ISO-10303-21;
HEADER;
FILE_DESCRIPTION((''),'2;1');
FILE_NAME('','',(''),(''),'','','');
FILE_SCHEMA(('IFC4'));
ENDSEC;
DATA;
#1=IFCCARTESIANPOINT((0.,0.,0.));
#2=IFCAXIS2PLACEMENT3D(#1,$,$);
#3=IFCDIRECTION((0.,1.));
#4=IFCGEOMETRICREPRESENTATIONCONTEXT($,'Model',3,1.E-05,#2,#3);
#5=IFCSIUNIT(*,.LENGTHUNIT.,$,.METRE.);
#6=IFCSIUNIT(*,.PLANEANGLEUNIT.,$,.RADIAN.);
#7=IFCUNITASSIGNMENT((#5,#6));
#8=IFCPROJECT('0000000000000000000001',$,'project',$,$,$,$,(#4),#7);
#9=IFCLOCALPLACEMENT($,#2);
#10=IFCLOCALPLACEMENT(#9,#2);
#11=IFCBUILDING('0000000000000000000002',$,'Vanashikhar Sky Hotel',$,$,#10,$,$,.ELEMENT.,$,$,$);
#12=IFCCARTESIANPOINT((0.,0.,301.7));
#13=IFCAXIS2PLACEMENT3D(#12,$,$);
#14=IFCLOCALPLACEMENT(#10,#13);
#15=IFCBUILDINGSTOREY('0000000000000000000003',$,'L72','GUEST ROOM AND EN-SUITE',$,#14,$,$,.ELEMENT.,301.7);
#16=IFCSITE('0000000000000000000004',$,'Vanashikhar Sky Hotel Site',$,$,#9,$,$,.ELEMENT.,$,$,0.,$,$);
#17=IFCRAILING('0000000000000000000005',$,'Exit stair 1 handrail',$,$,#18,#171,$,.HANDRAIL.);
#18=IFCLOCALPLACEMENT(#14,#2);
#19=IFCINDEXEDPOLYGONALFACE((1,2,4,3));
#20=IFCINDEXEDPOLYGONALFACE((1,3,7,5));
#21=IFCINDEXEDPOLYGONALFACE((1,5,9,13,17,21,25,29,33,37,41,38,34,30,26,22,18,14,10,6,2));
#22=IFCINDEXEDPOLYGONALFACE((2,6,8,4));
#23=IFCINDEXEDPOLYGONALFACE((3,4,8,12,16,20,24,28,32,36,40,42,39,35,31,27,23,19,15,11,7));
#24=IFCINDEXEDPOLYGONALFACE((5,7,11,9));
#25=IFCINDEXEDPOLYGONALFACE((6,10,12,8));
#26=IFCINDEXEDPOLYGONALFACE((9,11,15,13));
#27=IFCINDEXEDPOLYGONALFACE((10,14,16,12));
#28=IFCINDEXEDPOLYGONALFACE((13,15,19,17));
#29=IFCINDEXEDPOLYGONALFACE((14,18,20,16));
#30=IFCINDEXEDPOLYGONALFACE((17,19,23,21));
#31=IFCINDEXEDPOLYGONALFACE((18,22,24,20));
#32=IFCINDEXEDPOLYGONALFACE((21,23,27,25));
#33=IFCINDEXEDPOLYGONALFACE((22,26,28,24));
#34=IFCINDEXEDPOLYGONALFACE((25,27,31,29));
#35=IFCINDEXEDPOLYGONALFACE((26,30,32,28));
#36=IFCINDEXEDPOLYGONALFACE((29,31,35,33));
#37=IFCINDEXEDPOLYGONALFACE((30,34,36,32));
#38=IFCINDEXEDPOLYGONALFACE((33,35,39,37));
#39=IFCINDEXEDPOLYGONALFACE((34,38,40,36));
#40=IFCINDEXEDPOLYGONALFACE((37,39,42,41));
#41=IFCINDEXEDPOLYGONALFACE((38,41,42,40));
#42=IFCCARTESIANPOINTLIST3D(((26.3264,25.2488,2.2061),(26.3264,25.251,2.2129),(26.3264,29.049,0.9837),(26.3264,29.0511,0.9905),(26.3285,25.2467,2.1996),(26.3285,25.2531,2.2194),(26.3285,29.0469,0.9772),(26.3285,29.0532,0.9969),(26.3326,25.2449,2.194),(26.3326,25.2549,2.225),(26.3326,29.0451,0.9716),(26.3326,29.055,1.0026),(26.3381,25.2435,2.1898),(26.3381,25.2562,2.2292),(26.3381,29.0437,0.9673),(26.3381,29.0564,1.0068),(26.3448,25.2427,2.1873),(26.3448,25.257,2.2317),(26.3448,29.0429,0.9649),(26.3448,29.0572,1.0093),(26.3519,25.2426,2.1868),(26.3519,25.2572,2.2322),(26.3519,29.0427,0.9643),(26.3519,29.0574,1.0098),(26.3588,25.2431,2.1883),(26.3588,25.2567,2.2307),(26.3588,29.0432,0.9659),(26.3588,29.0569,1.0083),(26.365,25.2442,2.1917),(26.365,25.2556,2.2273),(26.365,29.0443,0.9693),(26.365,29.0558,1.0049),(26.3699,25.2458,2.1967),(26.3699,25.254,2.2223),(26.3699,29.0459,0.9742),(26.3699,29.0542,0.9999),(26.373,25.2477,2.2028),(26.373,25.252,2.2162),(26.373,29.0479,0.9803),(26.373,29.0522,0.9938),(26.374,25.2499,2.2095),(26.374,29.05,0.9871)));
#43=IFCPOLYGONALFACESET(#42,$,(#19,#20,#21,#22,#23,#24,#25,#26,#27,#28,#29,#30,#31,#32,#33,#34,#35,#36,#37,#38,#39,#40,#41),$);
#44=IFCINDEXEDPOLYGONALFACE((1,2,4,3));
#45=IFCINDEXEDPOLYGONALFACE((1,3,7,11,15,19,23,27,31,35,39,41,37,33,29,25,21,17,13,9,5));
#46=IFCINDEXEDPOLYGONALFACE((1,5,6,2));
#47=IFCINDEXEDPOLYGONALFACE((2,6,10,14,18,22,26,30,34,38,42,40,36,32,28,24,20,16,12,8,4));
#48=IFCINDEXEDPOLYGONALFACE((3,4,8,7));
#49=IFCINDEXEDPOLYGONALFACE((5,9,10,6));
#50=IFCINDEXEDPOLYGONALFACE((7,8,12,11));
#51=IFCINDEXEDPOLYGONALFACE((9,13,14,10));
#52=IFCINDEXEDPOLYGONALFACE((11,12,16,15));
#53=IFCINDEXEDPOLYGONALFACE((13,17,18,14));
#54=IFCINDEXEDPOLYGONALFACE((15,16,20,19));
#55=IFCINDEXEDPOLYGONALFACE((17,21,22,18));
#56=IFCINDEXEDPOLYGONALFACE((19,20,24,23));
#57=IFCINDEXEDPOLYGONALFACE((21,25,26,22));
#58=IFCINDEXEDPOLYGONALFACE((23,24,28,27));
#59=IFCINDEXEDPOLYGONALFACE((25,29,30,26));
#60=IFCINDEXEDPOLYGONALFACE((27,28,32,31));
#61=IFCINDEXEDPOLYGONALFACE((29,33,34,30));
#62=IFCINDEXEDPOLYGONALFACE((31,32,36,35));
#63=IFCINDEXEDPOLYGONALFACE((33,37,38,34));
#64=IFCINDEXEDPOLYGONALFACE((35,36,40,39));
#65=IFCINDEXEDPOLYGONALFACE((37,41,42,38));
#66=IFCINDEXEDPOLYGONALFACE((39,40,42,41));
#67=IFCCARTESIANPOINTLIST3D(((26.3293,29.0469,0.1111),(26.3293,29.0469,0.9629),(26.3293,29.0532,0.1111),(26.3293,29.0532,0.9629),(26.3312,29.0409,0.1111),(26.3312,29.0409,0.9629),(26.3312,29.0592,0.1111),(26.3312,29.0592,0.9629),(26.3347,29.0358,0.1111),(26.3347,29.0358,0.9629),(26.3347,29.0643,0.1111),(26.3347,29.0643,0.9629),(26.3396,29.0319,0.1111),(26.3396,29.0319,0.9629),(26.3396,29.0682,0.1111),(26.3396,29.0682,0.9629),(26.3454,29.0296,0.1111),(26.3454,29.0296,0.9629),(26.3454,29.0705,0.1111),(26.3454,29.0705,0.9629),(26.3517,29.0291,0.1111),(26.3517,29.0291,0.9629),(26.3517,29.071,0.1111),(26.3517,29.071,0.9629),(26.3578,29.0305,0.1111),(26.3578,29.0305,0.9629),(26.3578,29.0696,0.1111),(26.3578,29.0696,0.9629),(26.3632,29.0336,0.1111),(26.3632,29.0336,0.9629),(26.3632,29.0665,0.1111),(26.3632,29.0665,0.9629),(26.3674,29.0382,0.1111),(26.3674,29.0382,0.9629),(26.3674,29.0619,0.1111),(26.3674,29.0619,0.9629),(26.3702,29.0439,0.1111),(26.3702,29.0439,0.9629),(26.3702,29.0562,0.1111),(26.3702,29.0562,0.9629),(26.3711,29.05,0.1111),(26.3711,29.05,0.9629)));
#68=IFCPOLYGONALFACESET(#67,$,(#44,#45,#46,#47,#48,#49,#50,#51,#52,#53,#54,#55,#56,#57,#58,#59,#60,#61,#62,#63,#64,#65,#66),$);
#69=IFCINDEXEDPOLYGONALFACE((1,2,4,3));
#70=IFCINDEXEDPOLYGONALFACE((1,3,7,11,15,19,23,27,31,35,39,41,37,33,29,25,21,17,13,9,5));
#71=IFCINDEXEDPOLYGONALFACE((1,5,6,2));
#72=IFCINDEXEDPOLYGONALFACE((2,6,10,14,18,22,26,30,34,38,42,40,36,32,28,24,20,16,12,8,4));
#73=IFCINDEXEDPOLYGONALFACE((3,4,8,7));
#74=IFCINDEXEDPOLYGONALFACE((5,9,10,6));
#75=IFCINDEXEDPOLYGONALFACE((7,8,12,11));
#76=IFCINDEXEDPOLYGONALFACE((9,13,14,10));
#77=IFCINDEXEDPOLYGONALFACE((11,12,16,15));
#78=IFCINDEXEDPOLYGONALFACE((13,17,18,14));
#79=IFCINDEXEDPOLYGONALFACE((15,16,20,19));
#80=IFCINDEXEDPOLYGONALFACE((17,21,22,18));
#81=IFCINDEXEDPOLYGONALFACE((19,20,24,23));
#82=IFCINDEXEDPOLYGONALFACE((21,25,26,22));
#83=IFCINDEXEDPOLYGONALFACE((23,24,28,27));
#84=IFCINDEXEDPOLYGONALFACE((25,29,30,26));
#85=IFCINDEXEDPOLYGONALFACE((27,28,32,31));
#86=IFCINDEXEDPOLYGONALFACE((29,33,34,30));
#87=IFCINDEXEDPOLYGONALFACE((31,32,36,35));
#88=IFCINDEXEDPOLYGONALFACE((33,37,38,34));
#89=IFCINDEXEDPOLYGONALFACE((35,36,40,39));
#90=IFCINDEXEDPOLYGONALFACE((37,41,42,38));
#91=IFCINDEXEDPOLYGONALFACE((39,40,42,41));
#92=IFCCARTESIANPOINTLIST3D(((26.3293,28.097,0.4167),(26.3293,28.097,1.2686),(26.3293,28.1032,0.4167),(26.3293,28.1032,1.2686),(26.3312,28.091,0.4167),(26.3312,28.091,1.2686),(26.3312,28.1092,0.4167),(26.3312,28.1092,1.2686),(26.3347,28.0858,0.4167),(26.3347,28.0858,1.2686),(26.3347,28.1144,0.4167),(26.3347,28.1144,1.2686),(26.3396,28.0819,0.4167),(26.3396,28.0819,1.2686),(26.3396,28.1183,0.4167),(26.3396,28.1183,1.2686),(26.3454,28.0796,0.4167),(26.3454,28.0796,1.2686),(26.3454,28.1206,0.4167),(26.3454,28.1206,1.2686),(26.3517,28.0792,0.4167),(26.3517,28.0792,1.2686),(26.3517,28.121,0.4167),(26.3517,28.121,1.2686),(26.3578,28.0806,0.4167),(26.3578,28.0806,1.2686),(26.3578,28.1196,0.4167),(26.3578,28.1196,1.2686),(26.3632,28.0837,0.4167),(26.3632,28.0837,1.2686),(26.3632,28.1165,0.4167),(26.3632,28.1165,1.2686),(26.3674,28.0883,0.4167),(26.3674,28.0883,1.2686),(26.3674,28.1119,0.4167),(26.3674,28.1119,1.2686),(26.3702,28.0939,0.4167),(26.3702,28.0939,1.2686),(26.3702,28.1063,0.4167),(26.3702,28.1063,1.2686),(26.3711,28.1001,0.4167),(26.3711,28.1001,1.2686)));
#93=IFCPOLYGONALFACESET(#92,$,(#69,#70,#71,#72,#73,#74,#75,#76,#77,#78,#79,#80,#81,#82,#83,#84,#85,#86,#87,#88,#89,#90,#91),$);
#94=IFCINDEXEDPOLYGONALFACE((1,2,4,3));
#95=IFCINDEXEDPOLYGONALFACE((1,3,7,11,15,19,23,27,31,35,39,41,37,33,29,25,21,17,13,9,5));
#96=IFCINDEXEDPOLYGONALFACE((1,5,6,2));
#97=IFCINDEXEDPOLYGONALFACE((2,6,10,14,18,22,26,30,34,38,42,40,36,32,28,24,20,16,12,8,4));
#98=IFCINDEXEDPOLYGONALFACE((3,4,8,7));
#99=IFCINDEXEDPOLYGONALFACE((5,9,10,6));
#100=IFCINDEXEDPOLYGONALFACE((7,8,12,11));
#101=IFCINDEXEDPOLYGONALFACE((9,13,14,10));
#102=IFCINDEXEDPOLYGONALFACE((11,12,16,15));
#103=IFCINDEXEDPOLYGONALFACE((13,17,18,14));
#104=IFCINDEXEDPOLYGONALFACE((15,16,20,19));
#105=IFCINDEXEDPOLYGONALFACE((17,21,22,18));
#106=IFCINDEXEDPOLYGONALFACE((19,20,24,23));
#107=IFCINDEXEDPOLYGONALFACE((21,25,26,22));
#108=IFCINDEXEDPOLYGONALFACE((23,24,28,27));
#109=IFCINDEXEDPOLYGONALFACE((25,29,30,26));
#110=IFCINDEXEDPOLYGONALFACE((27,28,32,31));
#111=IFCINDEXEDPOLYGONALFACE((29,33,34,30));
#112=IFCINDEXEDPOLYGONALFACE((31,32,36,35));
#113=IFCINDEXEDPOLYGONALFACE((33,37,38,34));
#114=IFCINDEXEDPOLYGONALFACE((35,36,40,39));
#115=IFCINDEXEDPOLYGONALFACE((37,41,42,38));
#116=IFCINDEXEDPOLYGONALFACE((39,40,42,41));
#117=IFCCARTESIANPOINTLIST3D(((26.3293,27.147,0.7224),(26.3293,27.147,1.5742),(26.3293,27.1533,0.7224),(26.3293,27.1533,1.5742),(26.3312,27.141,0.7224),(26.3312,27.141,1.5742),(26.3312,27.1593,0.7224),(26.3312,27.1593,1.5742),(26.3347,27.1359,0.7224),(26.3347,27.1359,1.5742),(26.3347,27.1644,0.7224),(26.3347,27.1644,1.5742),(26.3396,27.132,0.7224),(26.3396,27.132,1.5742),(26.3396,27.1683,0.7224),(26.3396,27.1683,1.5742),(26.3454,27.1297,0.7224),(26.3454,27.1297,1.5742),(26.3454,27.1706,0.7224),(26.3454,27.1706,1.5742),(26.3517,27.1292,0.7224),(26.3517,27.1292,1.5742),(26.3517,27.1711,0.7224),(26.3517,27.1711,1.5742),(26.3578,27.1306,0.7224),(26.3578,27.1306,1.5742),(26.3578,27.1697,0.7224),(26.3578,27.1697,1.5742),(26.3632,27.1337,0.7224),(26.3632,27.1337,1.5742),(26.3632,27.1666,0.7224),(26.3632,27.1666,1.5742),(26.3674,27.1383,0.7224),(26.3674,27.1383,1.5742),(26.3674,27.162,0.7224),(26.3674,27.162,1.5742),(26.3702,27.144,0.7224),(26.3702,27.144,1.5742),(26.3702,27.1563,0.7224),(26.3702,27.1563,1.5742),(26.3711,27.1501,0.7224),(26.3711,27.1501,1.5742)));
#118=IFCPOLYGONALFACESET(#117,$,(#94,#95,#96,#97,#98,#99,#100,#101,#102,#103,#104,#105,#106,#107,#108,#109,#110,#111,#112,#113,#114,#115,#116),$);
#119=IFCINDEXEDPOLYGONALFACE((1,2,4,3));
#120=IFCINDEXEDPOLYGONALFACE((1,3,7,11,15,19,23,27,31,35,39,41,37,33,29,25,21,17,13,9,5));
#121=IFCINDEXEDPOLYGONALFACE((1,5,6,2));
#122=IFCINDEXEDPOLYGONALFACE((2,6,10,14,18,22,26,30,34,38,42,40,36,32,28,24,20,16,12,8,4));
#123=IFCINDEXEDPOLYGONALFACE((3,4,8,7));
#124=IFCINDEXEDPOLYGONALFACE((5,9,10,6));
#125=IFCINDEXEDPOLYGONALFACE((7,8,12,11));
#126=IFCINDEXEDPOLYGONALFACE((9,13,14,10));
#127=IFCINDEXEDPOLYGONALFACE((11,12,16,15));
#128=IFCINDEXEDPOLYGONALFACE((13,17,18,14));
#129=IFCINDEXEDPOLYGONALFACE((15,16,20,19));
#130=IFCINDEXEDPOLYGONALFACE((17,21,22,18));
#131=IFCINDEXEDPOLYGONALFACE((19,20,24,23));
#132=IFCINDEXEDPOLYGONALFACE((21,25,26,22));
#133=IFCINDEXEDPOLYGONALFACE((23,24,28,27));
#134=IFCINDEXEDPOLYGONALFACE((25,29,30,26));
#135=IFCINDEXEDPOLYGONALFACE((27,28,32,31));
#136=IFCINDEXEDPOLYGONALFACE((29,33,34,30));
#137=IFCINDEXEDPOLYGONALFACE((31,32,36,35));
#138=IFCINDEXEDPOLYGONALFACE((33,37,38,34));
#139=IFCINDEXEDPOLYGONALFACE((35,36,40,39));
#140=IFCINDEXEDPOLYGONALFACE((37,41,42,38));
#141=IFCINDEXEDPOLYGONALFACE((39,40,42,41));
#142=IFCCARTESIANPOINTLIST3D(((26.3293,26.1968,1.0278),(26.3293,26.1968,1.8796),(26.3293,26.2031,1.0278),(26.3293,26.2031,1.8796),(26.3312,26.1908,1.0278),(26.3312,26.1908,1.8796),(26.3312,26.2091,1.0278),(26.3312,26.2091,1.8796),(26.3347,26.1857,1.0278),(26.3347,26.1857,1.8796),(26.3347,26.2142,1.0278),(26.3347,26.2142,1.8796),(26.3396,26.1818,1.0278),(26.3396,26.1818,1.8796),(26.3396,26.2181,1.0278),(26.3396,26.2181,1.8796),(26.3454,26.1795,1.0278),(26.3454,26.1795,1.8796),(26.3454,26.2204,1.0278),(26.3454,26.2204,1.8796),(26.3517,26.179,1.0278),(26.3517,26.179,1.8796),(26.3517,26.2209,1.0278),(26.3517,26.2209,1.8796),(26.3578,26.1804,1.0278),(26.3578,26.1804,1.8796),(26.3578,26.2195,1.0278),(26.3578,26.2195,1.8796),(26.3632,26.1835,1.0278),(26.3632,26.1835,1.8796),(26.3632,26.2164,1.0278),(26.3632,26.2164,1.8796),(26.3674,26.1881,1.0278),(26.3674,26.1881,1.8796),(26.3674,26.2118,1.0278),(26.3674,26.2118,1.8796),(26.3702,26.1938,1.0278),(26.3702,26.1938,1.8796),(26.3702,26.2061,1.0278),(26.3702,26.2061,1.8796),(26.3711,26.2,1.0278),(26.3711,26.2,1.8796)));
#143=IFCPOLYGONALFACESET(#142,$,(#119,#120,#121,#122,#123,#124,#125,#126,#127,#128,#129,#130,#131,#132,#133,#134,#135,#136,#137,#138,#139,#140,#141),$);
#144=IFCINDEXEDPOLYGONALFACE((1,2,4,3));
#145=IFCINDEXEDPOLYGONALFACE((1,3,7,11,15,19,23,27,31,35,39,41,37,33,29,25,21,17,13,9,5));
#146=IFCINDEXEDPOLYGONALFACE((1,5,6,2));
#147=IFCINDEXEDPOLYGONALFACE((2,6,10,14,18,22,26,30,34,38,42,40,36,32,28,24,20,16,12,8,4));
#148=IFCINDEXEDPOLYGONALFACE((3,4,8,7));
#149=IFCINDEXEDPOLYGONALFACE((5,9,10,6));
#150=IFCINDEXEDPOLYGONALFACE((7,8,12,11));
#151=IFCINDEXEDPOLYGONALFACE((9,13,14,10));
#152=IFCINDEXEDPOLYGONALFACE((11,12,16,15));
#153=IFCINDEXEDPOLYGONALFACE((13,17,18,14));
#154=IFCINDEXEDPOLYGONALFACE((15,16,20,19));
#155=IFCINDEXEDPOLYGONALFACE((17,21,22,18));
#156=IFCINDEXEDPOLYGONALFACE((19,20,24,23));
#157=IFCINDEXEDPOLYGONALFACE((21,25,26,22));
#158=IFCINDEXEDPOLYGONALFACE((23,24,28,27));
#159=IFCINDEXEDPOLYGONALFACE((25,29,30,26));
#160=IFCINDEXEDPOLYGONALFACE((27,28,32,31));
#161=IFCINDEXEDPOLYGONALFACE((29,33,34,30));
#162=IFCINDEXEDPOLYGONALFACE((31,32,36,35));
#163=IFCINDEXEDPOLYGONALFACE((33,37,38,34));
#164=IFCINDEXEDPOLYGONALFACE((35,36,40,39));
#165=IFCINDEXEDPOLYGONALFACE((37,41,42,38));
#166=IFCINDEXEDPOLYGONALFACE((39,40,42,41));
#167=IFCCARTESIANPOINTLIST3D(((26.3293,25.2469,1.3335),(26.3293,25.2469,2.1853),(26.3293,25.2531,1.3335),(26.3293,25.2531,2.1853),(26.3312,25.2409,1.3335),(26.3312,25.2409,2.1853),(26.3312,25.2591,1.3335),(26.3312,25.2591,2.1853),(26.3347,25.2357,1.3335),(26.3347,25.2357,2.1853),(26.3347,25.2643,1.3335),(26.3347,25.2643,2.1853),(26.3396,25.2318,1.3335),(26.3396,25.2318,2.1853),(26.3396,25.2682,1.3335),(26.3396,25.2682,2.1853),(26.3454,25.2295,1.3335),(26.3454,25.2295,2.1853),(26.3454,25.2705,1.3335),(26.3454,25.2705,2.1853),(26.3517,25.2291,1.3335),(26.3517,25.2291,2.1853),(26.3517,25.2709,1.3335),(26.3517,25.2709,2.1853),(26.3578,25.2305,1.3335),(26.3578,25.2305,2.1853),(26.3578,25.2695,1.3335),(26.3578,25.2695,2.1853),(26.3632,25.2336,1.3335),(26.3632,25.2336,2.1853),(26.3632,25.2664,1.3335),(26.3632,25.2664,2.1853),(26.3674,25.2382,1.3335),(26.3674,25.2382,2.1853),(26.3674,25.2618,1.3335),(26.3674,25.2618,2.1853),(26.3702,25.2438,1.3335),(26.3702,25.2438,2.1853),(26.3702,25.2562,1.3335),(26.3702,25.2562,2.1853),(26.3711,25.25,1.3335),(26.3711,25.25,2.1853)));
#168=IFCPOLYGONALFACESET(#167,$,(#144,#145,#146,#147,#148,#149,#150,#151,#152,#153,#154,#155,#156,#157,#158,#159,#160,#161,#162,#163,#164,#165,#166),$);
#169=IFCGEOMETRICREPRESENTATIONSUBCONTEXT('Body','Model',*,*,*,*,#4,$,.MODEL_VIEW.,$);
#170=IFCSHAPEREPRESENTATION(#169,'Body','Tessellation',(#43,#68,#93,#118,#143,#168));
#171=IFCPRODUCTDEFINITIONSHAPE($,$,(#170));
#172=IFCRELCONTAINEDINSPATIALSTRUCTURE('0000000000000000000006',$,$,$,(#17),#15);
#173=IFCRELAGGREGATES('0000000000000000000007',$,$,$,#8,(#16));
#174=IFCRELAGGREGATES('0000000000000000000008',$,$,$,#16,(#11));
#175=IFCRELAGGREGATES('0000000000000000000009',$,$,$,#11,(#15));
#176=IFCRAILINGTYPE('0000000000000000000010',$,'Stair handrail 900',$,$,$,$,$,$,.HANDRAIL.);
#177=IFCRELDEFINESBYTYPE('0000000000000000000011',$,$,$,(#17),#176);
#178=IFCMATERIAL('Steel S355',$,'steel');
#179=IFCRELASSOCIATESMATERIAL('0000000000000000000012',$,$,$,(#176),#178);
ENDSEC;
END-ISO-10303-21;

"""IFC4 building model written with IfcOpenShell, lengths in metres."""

from ifc_helpers import new_model, si_unit, direction, frame, origin, origin_2d, place, context, subcontext, project, spatial, circle, extrude, source, transform, mapped, material, type_object, element, save


model = new_model("IFC4")

# Units and contexts
model_context = context("Model", 3, precision=1e-05, world=origin(), true_north=direction((0.0, 1.0)))
body_context = subcontext(model_context, "Body", "Model", "MODEL_VIEW")
ifc_project = project(units=[si_unit("LENGTHUNIT", "METRE"), si_unit("PLANEANGLEUNIT", "RADIAN")], contexts=[model_context])

# Site, building, storey
site_placement = place(None, origin())
site = spatial("IfcSite", under=ifc_project, at=site_placement, Name="Vanashikhar Sky Hotel Site", CompositionType="ELEMENT", RefElevation=0.0)
building_placement = place(site_placement, origin())
building = spatial("IfcBuilding", under=site, at=building_placement, Name="Vanashikhar Sky Hotel", CompositionType="ELEMENT")
storey_placement = place(building_placement, frame((0.0, 0.0, 301.7)))
storey = spatial("IfcBuildingStorey", under=building, at=storey_placement, Name="L72", Description="GUEST ROOM AND EN-SUITE", CompositionType="ELEMENT", Elevation=301.7)

# Railing
ifc_material_1 = material(Name="Steel S355", Category="steel")
railing_type_1 = type_object("IfcRailingType", Name="Stair handrail 900", PredefinedType="HANDRAIL", material=ifc_material_1)
shared_shape_1 = source(origin(), body_context, "Body", "SweptSolid", [
    extrude(circle(Radius=0.0239, at=origin_2d()), frame((0.0, 0.0, 0.876), z_axis=(0.0, -0.951958, 0.306229), x_axis=(1.0, 0.0, 0.0)), (0.0, 0.0, 1.0), 3.9919),
    extrude(circle(Radius=0.021, at=origin_2d()), origin(), (0.0, 0.0, 1.0), 0.8518),
    extrude(circle(Radius=0.021, at=origin_2d()), frame((0.0, -0.95, 0.3057)), (0.0, 0.0, 1.0), 0.8518),
    extrude(circle(Radius=0.021, at=origin_2d()), frame((0.0, -1.8999, 0.6113)), (0.0, 0.0, 1.0), 0.8518),
    extrude(circle(Radius=0.021, at=origin_2d()), frame((0.0, -2.8501, 0.9167)), (0.0, 0.0, 1.0), 0.8518),
    extrude(circle(Radius=0.021, at=origin_2d()), frame((0.0, -3.8, 1.2224)), (0.0, 0.0, 1.0), 0.8518),
])
for number, where, name in (
    (1, (26.3501, 29.05, 0.1111), "Exit stair 1 handrail"),
):
    element("IfcRailing", number, at=place(storey_placement, frame(where)), inside=storey, type_object=railing_type_1, Name=name, PredefinedType="HANDRAIL", context=body_context, shape_type="MappedRepresentation", body=[
        mapped(shared_shape_1, transform((0.0, 0.0, 0.0), scale=1.0)),
    ])

save(model, "model.ifc")
